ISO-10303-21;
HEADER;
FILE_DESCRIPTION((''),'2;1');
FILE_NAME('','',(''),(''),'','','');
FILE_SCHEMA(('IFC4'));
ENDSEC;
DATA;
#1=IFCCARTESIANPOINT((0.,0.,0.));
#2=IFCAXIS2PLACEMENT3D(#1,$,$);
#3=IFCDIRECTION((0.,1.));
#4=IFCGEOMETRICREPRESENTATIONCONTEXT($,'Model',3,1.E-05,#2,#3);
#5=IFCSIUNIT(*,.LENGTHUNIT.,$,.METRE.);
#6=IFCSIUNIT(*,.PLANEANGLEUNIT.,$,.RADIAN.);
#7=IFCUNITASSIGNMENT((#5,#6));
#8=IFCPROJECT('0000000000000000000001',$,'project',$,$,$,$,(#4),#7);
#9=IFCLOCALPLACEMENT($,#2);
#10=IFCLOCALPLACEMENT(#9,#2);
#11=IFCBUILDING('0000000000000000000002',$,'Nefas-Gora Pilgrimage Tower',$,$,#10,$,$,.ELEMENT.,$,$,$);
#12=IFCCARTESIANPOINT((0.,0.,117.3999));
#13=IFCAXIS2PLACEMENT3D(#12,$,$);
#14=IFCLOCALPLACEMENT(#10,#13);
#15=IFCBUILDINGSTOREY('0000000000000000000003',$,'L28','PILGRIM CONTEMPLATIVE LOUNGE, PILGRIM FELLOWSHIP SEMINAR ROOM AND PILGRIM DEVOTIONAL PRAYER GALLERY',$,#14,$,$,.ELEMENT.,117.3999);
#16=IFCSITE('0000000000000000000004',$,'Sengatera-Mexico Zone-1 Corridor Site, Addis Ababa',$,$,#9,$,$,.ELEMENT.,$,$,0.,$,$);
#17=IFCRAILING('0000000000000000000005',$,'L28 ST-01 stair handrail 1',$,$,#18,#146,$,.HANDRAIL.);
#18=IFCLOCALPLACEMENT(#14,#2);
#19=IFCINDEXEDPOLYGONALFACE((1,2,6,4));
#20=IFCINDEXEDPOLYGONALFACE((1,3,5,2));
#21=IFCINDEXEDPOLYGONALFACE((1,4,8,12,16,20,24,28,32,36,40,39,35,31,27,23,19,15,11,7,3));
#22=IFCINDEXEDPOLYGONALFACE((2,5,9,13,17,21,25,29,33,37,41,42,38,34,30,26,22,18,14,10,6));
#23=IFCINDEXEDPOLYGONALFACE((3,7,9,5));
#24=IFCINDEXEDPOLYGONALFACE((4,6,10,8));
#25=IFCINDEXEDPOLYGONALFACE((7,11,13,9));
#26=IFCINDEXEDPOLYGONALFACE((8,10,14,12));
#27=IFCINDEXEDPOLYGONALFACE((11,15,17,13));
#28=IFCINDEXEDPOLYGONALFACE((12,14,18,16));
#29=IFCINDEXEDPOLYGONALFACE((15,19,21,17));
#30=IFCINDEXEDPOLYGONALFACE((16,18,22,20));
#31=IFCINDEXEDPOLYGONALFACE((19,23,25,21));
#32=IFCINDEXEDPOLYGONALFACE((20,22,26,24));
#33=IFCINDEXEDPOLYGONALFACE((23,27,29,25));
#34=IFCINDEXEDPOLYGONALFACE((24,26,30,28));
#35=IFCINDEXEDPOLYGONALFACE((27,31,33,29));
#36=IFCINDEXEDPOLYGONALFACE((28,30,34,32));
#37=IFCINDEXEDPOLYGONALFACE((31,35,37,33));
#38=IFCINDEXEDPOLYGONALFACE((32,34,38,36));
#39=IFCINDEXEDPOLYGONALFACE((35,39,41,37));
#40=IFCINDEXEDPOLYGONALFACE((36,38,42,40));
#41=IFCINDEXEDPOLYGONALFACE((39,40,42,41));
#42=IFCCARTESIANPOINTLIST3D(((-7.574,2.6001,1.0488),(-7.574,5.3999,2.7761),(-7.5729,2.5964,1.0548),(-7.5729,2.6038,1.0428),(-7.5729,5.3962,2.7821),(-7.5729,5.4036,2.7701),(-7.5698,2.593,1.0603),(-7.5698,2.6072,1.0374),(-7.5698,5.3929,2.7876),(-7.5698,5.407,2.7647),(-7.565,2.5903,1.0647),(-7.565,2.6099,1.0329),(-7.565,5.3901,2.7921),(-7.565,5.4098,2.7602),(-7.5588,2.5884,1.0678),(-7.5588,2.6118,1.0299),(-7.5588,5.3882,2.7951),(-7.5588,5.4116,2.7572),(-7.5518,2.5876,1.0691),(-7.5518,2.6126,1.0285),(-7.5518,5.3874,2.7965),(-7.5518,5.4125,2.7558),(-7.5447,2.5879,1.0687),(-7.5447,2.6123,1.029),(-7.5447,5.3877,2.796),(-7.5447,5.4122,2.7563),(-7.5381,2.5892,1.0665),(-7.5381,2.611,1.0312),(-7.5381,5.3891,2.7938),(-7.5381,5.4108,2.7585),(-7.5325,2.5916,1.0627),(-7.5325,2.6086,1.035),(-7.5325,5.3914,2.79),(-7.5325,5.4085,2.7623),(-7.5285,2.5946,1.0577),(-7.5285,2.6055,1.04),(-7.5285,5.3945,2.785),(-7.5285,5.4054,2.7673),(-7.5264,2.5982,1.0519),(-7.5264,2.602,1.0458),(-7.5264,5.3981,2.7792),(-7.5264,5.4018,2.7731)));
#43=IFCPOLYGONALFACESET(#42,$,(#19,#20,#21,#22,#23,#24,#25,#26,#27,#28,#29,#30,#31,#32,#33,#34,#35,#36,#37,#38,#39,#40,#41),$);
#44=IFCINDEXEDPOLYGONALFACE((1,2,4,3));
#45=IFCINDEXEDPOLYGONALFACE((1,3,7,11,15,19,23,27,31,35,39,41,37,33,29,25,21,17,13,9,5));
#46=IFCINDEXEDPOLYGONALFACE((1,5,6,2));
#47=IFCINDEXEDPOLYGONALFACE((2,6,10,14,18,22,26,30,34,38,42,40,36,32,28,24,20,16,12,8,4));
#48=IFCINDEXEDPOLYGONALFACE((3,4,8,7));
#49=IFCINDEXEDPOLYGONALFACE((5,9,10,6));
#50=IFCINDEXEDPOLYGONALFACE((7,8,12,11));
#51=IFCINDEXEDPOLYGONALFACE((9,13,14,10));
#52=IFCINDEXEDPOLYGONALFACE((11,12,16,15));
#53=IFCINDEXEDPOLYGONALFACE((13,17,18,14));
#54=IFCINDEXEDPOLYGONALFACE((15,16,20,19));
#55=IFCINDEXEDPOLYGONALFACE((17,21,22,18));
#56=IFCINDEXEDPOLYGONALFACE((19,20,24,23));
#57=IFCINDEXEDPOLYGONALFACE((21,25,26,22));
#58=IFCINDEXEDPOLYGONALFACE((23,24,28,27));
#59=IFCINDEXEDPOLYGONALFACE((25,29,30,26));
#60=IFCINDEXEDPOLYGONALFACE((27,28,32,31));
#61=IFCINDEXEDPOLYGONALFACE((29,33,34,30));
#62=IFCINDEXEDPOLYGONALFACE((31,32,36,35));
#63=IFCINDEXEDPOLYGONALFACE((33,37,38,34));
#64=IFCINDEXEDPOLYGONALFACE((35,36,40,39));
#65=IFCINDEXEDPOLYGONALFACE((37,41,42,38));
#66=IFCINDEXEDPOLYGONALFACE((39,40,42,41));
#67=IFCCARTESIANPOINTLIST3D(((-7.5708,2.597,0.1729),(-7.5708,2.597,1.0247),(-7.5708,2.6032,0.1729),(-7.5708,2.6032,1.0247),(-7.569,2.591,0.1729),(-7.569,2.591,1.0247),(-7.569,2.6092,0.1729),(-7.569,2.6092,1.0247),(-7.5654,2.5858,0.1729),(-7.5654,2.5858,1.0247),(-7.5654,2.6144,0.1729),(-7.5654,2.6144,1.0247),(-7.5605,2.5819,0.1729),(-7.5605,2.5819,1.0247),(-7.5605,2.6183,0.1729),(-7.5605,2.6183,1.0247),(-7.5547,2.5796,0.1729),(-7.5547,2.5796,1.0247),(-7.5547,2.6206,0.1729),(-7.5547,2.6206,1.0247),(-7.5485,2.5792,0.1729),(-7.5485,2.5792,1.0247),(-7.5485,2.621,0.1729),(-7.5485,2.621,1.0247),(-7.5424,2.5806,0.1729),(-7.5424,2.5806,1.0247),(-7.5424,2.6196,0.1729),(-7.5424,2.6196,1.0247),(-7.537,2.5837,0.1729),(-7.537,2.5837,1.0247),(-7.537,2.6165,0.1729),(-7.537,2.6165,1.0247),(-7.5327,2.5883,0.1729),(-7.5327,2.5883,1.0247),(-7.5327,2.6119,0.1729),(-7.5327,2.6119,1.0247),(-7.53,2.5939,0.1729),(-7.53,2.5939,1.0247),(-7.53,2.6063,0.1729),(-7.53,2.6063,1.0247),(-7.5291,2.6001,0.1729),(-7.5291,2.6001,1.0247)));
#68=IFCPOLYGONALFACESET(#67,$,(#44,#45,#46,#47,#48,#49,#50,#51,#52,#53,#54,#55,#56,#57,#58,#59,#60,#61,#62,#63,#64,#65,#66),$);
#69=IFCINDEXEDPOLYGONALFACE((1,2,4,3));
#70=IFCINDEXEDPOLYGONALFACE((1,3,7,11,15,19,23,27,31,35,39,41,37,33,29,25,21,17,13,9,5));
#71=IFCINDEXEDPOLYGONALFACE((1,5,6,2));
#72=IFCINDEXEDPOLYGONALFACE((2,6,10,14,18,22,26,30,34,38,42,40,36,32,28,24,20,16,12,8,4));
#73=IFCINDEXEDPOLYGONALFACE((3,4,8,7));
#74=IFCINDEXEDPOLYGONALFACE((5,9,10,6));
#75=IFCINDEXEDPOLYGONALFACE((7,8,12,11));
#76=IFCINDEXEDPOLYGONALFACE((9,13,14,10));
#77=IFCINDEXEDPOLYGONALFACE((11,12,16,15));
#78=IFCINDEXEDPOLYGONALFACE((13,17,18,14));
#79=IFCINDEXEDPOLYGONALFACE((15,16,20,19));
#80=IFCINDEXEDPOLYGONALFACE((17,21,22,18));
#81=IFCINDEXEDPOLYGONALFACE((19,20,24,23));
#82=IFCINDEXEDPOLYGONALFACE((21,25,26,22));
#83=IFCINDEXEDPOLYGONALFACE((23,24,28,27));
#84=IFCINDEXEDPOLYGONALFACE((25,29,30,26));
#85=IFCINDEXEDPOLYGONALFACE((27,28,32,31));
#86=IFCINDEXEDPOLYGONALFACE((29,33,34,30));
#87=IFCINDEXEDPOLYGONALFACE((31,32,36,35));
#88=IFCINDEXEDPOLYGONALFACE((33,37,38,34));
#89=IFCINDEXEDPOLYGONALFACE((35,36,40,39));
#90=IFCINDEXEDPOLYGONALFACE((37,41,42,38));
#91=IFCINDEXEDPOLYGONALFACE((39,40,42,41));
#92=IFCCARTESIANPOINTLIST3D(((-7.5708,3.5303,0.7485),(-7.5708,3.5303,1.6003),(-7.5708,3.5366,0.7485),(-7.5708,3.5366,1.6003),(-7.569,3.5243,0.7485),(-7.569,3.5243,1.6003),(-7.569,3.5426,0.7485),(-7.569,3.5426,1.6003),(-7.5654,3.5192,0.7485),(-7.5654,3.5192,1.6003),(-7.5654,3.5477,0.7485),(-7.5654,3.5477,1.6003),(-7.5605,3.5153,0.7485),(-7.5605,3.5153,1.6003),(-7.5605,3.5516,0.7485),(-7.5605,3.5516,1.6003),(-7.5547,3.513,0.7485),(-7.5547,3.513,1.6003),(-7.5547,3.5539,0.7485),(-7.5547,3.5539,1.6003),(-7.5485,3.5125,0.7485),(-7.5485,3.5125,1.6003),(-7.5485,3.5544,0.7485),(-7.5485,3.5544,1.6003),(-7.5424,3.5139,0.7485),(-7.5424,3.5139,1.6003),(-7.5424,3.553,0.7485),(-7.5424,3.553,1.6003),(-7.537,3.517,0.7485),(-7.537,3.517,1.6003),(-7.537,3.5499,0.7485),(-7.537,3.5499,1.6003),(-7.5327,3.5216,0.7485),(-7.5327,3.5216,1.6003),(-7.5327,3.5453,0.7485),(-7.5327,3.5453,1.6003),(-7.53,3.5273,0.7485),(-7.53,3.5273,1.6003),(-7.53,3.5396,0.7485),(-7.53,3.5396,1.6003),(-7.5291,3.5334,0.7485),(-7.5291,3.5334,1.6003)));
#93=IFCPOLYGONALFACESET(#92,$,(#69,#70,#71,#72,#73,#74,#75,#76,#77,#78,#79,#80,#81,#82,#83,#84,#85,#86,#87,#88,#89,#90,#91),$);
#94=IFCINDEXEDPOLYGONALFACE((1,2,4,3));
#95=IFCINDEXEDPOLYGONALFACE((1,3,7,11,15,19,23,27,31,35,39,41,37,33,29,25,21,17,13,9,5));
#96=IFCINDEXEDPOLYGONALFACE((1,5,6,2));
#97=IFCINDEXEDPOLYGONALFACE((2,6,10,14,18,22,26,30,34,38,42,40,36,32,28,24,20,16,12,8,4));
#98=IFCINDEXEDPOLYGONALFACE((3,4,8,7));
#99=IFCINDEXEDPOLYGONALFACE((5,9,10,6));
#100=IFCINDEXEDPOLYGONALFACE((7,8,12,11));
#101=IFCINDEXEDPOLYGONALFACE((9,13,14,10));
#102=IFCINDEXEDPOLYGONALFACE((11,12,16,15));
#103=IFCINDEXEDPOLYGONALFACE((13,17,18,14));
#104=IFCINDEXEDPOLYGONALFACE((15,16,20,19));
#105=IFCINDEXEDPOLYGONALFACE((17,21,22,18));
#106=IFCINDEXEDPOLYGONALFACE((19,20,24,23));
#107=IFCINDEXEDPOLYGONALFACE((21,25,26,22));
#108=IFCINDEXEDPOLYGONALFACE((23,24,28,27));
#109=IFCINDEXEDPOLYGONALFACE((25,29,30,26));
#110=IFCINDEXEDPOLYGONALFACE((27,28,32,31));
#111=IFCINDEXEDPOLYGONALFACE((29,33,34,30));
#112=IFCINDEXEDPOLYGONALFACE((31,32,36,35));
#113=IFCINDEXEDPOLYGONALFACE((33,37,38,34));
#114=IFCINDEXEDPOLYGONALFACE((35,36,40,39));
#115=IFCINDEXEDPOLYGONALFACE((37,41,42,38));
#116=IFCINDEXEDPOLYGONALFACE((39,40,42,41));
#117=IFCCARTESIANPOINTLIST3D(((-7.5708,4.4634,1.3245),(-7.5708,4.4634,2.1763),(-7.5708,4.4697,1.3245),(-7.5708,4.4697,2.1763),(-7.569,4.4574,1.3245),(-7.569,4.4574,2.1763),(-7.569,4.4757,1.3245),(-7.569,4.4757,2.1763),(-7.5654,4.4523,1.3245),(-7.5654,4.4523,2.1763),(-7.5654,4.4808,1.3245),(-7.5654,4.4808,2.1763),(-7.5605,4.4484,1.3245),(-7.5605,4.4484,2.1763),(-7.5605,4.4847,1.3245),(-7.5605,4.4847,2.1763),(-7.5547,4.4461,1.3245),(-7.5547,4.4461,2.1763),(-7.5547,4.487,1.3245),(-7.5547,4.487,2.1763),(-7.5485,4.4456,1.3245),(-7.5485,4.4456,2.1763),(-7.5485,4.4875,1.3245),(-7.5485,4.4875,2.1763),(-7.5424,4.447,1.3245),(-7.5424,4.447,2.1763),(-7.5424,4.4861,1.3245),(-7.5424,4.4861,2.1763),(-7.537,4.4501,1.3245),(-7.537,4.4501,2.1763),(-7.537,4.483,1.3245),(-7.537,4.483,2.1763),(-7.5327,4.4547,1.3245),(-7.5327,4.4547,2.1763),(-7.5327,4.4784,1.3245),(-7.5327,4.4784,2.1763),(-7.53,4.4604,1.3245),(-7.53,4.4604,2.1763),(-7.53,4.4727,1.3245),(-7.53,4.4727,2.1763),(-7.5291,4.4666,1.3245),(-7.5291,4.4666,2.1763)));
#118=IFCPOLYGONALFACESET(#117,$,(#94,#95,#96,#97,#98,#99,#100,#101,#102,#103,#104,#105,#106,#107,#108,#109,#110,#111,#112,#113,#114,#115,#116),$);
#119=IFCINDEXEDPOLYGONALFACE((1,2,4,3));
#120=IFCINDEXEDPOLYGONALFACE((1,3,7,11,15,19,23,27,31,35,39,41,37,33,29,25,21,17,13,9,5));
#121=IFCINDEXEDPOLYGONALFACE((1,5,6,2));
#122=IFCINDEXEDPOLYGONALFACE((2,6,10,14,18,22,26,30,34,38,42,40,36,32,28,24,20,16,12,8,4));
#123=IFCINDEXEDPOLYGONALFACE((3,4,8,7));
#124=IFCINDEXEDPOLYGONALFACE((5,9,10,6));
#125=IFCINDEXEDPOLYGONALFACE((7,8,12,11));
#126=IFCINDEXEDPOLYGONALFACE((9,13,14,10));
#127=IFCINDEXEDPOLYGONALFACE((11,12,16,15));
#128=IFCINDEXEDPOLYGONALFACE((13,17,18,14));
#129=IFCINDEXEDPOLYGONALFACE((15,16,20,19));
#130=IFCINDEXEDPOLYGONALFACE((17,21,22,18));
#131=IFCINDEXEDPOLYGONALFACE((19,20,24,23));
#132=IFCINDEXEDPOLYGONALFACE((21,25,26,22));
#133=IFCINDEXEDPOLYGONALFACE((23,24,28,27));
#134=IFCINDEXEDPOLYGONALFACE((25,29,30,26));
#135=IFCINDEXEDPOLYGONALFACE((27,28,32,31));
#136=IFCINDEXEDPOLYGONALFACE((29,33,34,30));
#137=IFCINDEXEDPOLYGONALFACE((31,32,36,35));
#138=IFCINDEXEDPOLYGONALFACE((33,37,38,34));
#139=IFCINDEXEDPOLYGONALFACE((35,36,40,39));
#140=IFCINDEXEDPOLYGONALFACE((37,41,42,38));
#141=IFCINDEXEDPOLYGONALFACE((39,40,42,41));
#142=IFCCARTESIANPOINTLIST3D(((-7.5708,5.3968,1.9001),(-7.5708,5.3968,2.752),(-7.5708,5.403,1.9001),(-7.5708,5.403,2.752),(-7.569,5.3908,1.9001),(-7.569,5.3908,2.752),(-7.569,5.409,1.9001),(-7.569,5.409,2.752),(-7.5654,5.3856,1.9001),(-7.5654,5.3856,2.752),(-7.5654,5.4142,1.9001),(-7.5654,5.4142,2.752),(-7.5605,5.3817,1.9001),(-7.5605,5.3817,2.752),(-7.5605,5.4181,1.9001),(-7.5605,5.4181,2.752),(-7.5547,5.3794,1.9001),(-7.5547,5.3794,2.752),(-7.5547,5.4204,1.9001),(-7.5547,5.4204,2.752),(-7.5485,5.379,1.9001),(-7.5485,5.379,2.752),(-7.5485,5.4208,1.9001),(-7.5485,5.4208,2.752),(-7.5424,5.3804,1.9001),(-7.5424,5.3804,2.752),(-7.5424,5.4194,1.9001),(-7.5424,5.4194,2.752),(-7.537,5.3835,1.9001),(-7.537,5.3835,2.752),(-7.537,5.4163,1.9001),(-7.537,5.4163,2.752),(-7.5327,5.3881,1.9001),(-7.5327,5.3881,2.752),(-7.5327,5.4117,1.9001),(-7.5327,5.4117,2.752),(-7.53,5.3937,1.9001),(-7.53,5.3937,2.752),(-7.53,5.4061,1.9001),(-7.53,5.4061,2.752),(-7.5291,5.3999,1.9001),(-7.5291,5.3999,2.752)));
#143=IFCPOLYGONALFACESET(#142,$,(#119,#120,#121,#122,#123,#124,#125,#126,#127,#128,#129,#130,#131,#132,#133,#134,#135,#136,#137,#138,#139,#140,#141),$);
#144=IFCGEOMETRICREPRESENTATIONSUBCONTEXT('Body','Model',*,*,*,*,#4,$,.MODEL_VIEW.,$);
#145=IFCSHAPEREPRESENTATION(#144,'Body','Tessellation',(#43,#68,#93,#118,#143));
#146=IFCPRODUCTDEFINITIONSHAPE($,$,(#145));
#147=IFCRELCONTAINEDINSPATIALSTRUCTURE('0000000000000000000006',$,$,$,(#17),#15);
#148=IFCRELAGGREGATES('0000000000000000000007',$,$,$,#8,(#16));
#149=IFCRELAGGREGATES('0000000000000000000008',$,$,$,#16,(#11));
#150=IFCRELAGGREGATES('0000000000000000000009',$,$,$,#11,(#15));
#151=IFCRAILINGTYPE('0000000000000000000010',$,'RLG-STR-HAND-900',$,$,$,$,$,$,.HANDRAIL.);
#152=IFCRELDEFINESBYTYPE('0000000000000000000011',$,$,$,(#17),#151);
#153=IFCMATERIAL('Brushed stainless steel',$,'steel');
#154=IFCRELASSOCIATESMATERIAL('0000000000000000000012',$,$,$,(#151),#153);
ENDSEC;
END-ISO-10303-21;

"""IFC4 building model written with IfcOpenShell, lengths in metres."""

from ifc_helpers import new_model, si_unit, direction, frame, origin, origin_2d, place, context, subcontext, project, spatial, circle, extrude, material, type_object, element, save


model = new_model("IFC4")

# Units and contexts
model_context = context("Model", 3, precision=1e-05, world=origin(), true_north=direction((0.0, 1.0)))
body_context = subcontext(model_context, "Body", "Model", "MODEL_VIEW")
ifc_project = project(units=[si_unit("LENGTHUNIT", "METRE"), si_unit("PLANEANGLEUNIT", "RADIAN")], contexts=[model_context])

# Site, building, storey
site_placement = place(None, origin())
site = spatial("IfcSite", under=ifc_project, at=site_placement, Name="Sengatera-Mexico Zone-1 Corridor Site, Addis Ababa", CompositionType="ELEMENT", RefElevation=0.0)
building_placement = place(site_placement, origin())
building = spatial("IfcBuilding", under=site, at=building_placement, Name="Nefas-Gora Pilgrimage Tower", CompositionType="ELEMENT")
storey_placement = place(building_placement, frame((0.0, 0.0, 117.3999)))
storey = spatial("IfcBuildingStorey", under=building, at=storey_placement, Name="L28", Description="PILGRIM CONTEMPLATIVE LOUNGE, PILGRIM FELLOWSHIP SEMINAR ROOM AND PILGRIM DEVOTIONAL PRAYER GALLERY", CompositionType="ELEMENT", Elevation=117.3999)

# Railing
ifc_material_1 = material(Name="Brushed stainless steel", Category="steel")
railing_type_1 = type_object("IfcRailingType", Name="RLG-STR-HAND-900", PredefinedType="HANDRAIL", material=ifc_material_1)
railing_1_placement = place(storey_placement, frame((-7.55, 2.6001, 0.1729)))
element("IfcRailing", 1, at=railing_1_placement, inside=storey, type_object=railing_type_1, Name="L28 ST-01 stair handrail 1", PredefinedType="HANDRAIL", context=body_context, shape_type="SweptSolid", body=[
    extrude(circle(Radius=0.0239, at=origin_2d()), frame((0.0, 0.0, 0.876), z_axis=(0.0, 0.851069, 0.525054), x_axis=(-1.0, 0.0, 0.0)), (0.0, 0.0, 1.0), 3.2898),
    extrude(circle(Radius=0.021, at=origin_2d()), origin(), (0.0, 0.0, 1.0), 0.8518),
    extrude(circle(Radius=0.021, at=origin_2d()), frame((0.0, 0.9333, 0.5757)), (0.0, 0.0, 1.0), 0.8518),
    extrude(circle(Radius=0.021, at=origin_2d()), frame((0.0, 1.8665, 1.1516)), (0.0, 0.0, 1.0), 0.8518),
    extrude(circle(Radius=0.021, at=origin_2d()), frame((0.0, 2.7998, 1.7273)), (0.0, 0.0, 1.0), 0.8518),
])

save(model, "model.ifc")
